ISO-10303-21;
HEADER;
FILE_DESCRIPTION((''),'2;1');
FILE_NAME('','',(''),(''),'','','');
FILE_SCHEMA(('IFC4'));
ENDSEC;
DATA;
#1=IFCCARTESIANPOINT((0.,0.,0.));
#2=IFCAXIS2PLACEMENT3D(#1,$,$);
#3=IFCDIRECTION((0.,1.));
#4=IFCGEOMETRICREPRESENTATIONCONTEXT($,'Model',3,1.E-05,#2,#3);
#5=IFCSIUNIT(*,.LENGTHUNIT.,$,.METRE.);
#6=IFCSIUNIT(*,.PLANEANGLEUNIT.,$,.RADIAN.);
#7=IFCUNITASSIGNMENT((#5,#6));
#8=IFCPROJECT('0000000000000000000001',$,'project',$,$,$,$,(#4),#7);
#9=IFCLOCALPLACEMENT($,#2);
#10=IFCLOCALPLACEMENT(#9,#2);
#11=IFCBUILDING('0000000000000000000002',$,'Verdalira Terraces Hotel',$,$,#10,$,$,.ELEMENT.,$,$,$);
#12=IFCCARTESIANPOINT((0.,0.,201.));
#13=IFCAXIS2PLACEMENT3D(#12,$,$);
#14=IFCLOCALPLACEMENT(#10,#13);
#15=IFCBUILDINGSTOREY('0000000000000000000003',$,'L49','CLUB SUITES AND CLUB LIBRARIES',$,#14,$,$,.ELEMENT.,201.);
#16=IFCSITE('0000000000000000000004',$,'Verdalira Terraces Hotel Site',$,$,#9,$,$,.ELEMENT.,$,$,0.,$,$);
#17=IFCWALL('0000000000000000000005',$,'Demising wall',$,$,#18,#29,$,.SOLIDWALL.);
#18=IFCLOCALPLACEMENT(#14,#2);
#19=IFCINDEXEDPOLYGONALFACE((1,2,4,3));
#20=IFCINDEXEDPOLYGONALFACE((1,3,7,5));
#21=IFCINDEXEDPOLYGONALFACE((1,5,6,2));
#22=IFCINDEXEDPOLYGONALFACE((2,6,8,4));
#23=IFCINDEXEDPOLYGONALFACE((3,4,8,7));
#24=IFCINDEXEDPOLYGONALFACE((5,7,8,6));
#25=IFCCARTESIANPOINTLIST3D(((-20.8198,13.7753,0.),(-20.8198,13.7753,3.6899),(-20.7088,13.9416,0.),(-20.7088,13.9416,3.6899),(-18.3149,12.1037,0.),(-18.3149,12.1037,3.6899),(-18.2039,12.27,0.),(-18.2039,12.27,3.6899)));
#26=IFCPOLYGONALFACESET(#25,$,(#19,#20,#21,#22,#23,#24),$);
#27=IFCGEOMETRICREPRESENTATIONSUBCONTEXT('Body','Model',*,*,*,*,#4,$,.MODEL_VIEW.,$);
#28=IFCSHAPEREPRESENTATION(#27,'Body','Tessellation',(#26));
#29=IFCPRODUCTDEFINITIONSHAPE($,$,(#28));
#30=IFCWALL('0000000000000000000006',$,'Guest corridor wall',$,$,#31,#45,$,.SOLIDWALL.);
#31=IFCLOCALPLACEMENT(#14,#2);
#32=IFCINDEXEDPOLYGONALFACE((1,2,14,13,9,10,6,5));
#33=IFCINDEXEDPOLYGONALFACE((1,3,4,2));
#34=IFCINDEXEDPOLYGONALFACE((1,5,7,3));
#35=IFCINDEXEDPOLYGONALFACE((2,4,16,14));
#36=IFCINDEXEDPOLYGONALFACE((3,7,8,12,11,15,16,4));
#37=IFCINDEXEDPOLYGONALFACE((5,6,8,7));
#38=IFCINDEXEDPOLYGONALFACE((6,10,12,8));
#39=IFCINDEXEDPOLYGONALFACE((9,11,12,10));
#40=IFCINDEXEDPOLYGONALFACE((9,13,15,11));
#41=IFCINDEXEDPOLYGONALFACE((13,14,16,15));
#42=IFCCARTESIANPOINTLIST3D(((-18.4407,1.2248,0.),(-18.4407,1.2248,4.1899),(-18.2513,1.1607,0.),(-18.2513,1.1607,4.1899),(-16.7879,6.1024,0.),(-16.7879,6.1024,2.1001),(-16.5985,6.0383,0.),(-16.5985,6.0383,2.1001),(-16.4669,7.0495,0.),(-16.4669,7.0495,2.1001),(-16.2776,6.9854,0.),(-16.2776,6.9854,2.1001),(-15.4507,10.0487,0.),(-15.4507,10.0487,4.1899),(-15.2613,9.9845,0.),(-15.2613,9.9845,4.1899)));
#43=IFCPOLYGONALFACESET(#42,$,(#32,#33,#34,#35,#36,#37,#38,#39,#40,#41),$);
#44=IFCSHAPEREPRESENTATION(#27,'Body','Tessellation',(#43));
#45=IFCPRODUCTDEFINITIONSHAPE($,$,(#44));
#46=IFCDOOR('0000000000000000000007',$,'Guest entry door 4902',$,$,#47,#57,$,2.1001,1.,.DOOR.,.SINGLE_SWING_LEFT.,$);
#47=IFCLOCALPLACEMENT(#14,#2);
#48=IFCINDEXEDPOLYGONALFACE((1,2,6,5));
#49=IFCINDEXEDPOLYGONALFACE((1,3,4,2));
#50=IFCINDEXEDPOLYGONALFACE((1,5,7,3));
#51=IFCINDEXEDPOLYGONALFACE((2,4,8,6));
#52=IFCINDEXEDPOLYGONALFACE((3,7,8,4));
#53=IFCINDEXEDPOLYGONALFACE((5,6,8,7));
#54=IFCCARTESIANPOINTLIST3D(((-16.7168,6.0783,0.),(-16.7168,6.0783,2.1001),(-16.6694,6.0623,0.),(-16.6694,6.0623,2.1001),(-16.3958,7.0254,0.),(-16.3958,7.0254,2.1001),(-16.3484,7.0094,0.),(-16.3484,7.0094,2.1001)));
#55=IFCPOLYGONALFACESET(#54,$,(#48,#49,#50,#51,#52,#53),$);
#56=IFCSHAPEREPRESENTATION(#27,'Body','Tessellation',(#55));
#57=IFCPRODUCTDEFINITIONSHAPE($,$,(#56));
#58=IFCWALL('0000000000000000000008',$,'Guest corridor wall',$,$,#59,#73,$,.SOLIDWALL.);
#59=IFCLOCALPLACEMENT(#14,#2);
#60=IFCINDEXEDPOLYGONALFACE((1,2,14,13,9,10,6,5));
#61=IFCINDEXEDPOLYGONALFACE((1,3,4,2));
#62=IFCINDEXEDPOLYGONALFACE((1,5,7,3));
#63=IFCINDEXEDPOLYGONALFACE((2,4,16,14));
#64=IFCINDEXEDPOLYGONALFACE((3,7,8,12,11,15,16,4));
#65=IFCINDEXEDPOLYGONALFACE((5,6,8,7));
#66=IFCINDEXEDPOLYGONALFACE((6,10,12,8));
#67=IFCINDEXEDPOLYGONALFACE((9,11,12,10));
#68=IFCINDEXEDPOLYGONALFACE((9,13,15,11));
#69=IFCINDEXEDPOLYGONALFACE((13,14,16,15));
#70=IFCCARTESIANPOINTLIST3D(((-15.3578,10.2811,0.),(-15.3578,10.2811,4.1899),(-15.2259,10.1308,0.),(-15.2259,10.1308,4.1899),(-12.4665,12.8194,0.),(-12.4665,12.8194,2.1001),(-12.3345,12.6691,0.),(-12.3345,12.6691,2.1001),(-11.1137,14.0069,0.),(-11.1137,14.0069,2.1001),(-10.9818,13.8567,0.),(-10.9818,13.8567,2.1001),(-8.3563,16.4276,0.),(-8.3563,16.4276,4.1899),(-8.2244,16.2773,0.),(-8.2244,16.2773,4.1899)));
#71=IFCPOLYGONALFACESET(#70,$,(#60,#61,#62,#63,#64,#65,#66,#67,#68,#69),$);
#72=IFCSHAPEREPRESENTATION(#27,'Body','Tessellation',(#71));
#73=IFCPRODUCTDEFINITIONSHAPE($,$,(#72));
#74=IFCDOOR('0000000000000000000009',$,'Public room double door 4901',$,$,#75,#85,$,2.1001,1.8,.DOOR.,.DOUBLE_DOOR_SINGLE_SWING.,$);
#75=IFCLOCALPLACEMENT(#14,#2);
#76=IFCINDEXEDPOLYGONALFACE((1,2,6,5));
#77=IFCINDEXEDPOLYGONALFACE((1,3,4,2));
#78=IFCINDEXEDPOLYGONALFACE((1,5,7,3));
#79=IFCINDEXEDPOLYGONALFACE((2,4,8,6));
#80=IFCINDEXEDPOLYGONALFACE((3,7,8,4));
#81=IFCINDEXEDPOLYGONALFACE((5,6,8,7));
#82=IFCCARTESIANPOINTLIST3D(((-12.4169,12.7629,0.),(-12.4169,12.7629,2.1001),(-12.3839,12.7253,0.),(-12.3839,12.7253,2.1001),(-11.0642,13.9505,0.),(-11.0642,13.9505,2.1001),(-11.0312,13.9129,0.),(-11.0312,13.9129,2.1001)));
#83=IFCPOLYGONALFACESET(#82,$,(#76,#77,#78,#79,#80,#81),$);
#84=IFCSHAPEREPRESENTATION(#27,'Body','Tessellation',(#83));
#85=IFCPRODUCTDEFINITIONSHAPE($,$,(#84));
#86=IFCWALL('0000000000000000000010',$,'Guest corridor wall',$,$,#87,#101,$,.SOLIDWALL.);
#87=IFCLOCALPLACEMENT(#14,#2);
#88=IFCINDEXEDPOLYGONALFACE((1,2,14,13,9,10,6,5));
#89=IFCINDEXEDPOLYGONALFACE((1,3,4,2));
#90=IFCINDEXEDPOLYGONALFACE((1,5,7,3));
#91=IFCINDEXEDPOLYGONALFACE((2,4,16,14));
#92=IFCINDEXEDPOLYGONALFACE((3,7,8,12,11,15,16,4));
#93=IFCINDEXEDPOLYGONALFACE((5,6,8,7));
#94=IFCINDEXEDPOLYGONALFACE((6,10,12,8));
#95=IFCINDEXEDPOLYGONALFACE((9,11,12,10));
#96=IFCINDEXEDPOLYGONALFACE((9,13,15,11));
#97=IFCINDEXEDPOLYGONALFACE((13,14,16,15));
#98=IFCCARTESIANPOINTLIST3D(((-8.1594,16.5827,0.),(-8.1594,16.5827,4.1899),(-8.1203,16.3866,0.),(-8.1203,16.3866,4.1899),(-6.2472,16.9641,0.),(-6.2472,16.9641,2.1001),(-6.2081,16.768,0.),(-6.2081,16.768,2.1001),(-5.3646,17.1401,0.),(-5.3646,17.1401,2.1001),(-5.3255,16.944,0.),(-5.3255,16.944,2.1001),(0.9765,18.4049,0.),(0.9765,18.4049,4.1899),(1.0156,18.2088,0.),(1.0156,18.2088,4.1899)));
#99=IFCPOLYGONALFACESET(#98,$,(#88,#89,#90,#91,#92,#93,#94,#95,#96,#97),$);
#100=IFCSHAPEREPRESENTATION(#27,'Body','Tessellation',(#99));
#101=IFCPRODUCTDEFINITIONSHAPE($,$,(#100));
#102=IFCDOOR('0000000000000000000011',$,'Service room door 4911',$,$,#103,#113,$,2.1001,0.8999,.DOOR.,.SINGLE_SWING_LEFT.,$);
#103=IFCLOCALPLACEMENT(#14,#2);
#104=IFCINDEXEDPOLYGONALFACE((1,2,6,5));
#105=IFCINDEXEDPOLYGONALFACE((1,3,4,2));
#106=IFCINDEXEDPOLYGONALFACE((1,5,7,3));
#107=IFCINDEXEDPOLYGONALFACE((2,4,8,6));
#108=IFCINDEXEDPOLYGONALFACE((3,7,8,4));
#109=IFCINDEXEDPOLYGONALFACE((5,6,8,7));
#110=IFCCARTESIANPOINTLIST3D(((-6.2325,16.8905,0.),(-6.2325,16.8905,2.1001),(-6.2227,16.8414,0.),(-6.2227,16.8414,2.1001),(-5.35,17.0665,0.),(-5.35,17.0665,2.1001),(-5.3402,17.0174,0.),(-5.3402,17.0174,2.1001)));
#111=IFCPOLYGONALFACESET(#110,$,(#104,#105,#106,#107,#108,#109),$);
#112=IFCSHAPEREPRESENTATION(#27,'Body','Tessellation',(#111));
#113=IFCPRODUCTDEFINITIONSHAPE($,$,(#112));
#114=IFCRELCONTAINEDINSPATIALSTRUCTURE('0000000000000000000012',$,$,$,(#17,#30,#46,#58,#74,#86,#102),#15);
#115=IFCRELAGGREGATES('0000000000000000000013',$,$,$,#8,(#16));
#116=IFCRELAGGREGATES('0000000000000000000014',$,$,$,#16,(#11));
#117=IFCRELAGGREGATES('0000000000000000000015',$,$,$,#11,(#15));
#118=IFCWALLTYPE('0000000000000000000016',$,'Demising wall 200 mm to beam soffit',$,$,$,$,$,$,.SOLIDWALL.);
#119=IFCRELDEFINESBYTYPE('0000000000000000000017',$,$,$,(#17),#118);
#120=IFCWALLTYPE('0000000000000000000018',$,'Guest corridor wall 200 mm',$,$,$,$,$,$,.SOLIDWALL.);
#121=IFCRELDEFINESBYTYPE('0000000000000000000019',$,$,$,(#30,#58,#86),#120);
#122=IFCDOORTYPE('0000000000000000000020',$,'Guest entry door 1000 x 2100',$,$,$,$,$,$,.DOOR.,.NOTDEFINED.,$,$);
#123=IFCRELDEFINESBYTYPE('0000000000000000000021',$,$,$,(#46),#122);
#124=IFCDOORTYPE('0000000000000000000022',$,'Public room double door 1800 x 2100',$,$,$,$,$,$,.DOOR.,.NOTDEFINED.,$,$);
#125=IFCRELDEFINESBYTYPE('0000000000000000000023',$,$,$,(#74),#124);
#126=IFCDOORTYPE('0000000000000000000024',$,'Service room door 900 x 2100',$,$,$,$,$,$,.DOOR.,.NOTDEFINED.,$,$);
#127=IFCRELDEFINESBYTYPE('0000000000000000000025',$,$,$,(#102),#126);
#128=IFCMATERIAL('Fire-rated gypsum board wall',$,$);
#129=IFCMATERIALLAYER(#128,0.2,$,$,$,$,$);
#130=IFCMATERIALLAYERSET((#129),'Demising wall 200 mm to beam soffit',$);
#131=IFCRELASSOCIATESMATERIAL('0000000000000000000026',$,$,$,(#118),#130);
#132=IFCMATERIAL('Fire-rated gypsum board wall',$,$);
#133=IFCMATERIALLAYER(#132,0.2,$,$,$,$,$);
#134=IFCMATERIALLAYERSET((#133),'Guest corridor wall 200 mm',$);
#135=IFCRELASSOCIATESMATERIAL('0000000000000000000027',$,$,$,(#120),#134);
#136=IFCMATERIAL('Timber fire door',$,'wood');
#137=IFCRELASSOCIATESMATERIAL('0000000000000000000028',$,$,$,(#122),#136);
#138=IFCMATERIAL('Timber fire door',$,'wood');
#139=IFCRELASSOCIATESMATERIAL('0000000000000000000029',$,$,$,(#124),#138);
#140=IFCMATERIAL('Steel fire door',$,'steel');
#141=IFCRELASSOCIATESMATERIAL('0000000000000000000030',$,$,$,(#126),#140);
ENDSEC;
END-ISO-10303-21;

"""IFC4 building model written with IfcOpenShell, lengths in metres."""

from ifc_helpers import new_model, si_unit, direction, frame, frame_2d, origin, place, context, subcontext, project, spatial, rectangle, extrude, material, layer, layer_set, type_object, element, fill, save


model = new_model("IFC4")

# Units and contexts
model_context = context("Model", 3, precision=1e-05, world=origin(), true_north=direction((0.0, 1.0)))
body_context = subcontext(model_context, "Body", "Model", "MODEL_VIEW")
ifc_project = project(units=[si_unit("LENGTHUNIT", "METRE"), si_unit("PLANEANGLEUNIT", "RADIAN")], contexts=[model_context])

# Site, building, storey
site_placement = place(None, origin())
site = spatial("IfcSite", under=ifc_project, at=site_placement, Name="Verdalira Terraces Hotel Site", CompositionType="ELEMENT", RefElevation=0.0)
building_placement = place(site_placement, origin())
building = spatial("IfcBuilding", under=site, at=building_placement, Name="Verdalira Terraces Hotel", CompositionType="ELEMENT")
storey_placement = place(building_placement, frame((0.0, 0.0, 201.0)))
storey = spatial("IfcBuildingStorey", under=building, at=storey_placement, Name="L49", Description="CLUB SUITES AND CLUB LIBRARIES", CompositionType="ELEMENT", Elevation=201.0)

# Wall
ifc_material_1 = material(Name="Fire-rated gypsum board wall")
ifc_layer_1 = layer(ifc_material_1, 0.2)
ifc_layer_set_1 = layer_set([ifc_layer_1], Name="Demising wall 200 mm to beam soffit")
wall_type_1 = type_object("IfcWallType", Name="Demising wall 200 mm to beam soffit", PredefinedType="SOLIDWALL", material=ifc_layer_set_1)
wall_1_placement = place(storey_placement, frame((-18.2593, 12.1868, 0.0), z_axis=(0.0, 0.0, 1.0), x_axis=(-0.831788, 0.555093, 0.0)))
element("IfcWall", 1, at=wall_1_placement, inside=storey, type_object=wall_type_1, Name="Demising wall", PredefinedType="SOLIDWALL", context=body_context, shape_type="SweptSolid", body=[
    extrude(rectangle(XDim=3.0115, YDim=0.2, at=frame_2d((1.5059, 0.0))), origin(), (0.0, 0.0, 1.0), 3.6899),
])

# Walls, openings, doors
ifc_material_2 = material(Name="Fire-rated gypsum board wall")
ifc_layer_2 = layer(ifc_material_2, 0.2)
ifc_layer_set_2 = layer_set([ifc_layer_2], Name="Guest corridor wall 200 mm")
wall_type_2 = type_object("IfcWallType", Name="Guest corridor wall 200 mm", PredefinedType="SOLIDWALL", material=ifc_layer_set_2)
wall_2_placement = place(storey_placement, frame((-18.3459, 1.1929, 0.0), z_axis=(0.0, 0.0, 1.0), x_axis=(0.320933, 0.947102, 0.0)))
wall_2 = element("IfcWall", 2, at=wall_2_placement, inside=storey, type_object=wall_type_2, Name="Guest corridor wall", PredefinedType="SOLIDWALL", context=body_context, shape_type="SweptSolid", body=[
    extrude(rectangle(XDim=9.3166, YDim=0.2, at=frame_2d((4.6582, 0.0))), origin(), (0.0, 0.0, 1.0), 4.1899),
])
opening_1_placement = place(wall_2_placement, frame((5.1499, 0.0, 0.0)))
opening_1 = element("IfcOpeningElement", 3, at=opening_1_placement, cuts=wall_2, PredefinedType="OPENING", context=body_context, shape_type="SweptSolid", body=[
    extrude(rectangle(XDim=1.0, YDim=2.1001, at=frame_2d((0.5, 1.05))), frame((0.0, 0.1099, 0.0), z_axis=(0.0, -1.0, 0.0), x_axis=(1.0, 0.0, 0.0)), (0.0, 0.0, 1.0), 0.22),
])
ifc_material_3 = material(Name="Timber fire door", Category="wood")
door_type_1 = type_object("IfcDoorType", Name="Guest entry door 1000 x 2100", OperationType="NOTDEFINED", PredefinedType="DOOR", material=ifc_material_3)
door_1_placement = place(opening_1_placement, origin())
door_1 = element("IfcDoor", 4, at=door_1_placement, inside=storey, type_object=door_type_1, Name="Guest entry door 4902", OperationType="SINGLE_SWING_LEFT", OverallHeight=2.1001, OverallWidth=1.0, PredefinedType="DOOR", context=body_context, shape_type="SweptSolid", body=[
    extrude(rectangle(XDim=1.0, YDim=2.1001, at=frame_2d((0.5, 1.05))), frame((0.0, 0.0249, 0.0), z_axis=(0.0, -1.0, 0.0), x_axis=(1.0, 0.0, 0.0)), (0.0, 0.0, 1.0), 0.05),
])
fill(opening_1, door_1)
wall_3_placement = place(storey_placement, frame((-15.2917, 10.2061, 0.0), z_axis=(0.0, 0.0, 1.0), x_axis=(0.751501, 0.659732, 0.0)))
wall_3 = element("IfcWall", 5, at=wall_3_placement, inside=storey, type_object=wall_type_2, Name="Guest corridor wall", PredefinedType="SOLIDWALL", context=body_context, shape_type="SweptSolid", body=[
    extrude(rectangle(XDim=9.3166, YDim=0.2, at=frame_2d((4.6582, 0.0))), origin(), (0.0, 0.0, 1.0), 4.1899),
])
opening_2_placement = place(wall_3_placement, frame((3.8474, 0.0, 0.0)))
opening_2 = element("IfcOpeningElement", 6, at=opening_2_placement, cuts=wall_3, PredefinedType="OPENING", context=body_context, shape_type="SweptSolid", body=[
    extrude(rectangle(XDim=1.8, YDim=2.1001, at=frame_2d((0.8999, 1.05))), frame((0.0, 0.1099, 0.0), z_axis=(0.0, -1.0, 0.0), x_axis=(1.0, 0.0, 0.0)), (0.0, 0.0, 1.0), 0.22),
])
ifc_material_4 = material(Name="Timber fire door", Category="wood")
door_type_2 = type_object("IfcDoorType", Name="Public room double door 1800 x 2100", OperationType="NOTDEFINED", PredefinedType="DOOR", material=ifc_material_4)
door_2_placement = place(opening_2_placement, origin())
door_2 = element("IfcDoor", 7, at=door_2_placement, inside=storey, type_object=door_type_2, Name="Public room double door 4901", OperationType="DOUBLE_DOOR_SINGLE_SWING", OverallHeight=2.1001, OverallWidth=1.8, PredefinedType="DOOR", context=body_context, shape_type="SweptSolid", body=[
    extrude(rectangle(XDim=1.8, YDim=2.1001, at=frame_2d((0.8999, 1.05))), frame((0.0, 0.0249, 0.0), z_axis=(0.0, -1.0, 0.0), x_axis=(1.0, 0.0, 0.0)), (0.0, 0.0, 1.0), 0.05),
])
fill(opening_2, door_2)
wall_4_placement = place(storey_placement, frame((-8.1399, 16.4846, 0.0), z_axis=(0.0, 0.0, 1.0), x_axis=(0.980682, 0.195607, 0.0)))
wall_4 = element("IfcWall", 8, at=wall_4_placement, inside=storey, type_object=wall_type_2, Name="Guest corridor wall", PredefinedType="SOLIDWALL", context=body_context, shape_type="SweptSolid", body=[
    extrude(rectangle(XDim=9.3159, YDim=0.2, at=frame_2d((4.658, 0.0))), origin(), (0.0, 0.0, 1.0), 4.1899),
])
opening_3_placement = place(wall_4_placement, frame((1.95, 0.0, 0.0)))
opening_3 = element("IfcOpeningElement", 9, at=opening_3_placement, cuts=wall_4, PredefinedType="OPENING", context=body_context, shape_type="SweptSolid", body=[
    extrude(rectangle(XDim=0.8999, YDim=2.1001, at=frame_2d((0.45, 1.05))), frame((0.0, 0.1099, 0.0), z_axis=(0.0, -1.0, 0.0), x_axis=(1.0, 0.0, 0.0)), (0.0, 0.0, 1.0), 0.22),
])
ifc_material_5 = material(Name="Steel fire door", Category="steel")
door_type_3 = type_object("IfcDoorType", Name="Service room door 900 x 2100", OperationType="NOTDEFINED", PredefinedType="DOOR", material=ifc_material_5)
door_3_placement = place(opening_3_placement, origin())
door_3 = element("IfcDoor", 10, at=door_3_placement, inside=storey, type_object=door_type_3, Name="Service room door 4911", OperationType="SINGLE_SWING_LEFT", OverallHeight=2.1001, OverallWidth=0.8999, PredefinedType="DOOR", context=body_context, shape_type="SweptSolid", body=[
    extrude(rectangle(XDim=0.8999, YDim=2.1001, at=frame_2d((0.45, 1.05))), frame((0.0, 0.0249, 0.0), z_axis=(0.0, -1.0, 0.0), x_axis=(1.0, 0.0, 0.0)), (0.0, 0.0, 1.0), 0.05),
])
fill(opening_3, door_3)

save(model, "model.ifc")
